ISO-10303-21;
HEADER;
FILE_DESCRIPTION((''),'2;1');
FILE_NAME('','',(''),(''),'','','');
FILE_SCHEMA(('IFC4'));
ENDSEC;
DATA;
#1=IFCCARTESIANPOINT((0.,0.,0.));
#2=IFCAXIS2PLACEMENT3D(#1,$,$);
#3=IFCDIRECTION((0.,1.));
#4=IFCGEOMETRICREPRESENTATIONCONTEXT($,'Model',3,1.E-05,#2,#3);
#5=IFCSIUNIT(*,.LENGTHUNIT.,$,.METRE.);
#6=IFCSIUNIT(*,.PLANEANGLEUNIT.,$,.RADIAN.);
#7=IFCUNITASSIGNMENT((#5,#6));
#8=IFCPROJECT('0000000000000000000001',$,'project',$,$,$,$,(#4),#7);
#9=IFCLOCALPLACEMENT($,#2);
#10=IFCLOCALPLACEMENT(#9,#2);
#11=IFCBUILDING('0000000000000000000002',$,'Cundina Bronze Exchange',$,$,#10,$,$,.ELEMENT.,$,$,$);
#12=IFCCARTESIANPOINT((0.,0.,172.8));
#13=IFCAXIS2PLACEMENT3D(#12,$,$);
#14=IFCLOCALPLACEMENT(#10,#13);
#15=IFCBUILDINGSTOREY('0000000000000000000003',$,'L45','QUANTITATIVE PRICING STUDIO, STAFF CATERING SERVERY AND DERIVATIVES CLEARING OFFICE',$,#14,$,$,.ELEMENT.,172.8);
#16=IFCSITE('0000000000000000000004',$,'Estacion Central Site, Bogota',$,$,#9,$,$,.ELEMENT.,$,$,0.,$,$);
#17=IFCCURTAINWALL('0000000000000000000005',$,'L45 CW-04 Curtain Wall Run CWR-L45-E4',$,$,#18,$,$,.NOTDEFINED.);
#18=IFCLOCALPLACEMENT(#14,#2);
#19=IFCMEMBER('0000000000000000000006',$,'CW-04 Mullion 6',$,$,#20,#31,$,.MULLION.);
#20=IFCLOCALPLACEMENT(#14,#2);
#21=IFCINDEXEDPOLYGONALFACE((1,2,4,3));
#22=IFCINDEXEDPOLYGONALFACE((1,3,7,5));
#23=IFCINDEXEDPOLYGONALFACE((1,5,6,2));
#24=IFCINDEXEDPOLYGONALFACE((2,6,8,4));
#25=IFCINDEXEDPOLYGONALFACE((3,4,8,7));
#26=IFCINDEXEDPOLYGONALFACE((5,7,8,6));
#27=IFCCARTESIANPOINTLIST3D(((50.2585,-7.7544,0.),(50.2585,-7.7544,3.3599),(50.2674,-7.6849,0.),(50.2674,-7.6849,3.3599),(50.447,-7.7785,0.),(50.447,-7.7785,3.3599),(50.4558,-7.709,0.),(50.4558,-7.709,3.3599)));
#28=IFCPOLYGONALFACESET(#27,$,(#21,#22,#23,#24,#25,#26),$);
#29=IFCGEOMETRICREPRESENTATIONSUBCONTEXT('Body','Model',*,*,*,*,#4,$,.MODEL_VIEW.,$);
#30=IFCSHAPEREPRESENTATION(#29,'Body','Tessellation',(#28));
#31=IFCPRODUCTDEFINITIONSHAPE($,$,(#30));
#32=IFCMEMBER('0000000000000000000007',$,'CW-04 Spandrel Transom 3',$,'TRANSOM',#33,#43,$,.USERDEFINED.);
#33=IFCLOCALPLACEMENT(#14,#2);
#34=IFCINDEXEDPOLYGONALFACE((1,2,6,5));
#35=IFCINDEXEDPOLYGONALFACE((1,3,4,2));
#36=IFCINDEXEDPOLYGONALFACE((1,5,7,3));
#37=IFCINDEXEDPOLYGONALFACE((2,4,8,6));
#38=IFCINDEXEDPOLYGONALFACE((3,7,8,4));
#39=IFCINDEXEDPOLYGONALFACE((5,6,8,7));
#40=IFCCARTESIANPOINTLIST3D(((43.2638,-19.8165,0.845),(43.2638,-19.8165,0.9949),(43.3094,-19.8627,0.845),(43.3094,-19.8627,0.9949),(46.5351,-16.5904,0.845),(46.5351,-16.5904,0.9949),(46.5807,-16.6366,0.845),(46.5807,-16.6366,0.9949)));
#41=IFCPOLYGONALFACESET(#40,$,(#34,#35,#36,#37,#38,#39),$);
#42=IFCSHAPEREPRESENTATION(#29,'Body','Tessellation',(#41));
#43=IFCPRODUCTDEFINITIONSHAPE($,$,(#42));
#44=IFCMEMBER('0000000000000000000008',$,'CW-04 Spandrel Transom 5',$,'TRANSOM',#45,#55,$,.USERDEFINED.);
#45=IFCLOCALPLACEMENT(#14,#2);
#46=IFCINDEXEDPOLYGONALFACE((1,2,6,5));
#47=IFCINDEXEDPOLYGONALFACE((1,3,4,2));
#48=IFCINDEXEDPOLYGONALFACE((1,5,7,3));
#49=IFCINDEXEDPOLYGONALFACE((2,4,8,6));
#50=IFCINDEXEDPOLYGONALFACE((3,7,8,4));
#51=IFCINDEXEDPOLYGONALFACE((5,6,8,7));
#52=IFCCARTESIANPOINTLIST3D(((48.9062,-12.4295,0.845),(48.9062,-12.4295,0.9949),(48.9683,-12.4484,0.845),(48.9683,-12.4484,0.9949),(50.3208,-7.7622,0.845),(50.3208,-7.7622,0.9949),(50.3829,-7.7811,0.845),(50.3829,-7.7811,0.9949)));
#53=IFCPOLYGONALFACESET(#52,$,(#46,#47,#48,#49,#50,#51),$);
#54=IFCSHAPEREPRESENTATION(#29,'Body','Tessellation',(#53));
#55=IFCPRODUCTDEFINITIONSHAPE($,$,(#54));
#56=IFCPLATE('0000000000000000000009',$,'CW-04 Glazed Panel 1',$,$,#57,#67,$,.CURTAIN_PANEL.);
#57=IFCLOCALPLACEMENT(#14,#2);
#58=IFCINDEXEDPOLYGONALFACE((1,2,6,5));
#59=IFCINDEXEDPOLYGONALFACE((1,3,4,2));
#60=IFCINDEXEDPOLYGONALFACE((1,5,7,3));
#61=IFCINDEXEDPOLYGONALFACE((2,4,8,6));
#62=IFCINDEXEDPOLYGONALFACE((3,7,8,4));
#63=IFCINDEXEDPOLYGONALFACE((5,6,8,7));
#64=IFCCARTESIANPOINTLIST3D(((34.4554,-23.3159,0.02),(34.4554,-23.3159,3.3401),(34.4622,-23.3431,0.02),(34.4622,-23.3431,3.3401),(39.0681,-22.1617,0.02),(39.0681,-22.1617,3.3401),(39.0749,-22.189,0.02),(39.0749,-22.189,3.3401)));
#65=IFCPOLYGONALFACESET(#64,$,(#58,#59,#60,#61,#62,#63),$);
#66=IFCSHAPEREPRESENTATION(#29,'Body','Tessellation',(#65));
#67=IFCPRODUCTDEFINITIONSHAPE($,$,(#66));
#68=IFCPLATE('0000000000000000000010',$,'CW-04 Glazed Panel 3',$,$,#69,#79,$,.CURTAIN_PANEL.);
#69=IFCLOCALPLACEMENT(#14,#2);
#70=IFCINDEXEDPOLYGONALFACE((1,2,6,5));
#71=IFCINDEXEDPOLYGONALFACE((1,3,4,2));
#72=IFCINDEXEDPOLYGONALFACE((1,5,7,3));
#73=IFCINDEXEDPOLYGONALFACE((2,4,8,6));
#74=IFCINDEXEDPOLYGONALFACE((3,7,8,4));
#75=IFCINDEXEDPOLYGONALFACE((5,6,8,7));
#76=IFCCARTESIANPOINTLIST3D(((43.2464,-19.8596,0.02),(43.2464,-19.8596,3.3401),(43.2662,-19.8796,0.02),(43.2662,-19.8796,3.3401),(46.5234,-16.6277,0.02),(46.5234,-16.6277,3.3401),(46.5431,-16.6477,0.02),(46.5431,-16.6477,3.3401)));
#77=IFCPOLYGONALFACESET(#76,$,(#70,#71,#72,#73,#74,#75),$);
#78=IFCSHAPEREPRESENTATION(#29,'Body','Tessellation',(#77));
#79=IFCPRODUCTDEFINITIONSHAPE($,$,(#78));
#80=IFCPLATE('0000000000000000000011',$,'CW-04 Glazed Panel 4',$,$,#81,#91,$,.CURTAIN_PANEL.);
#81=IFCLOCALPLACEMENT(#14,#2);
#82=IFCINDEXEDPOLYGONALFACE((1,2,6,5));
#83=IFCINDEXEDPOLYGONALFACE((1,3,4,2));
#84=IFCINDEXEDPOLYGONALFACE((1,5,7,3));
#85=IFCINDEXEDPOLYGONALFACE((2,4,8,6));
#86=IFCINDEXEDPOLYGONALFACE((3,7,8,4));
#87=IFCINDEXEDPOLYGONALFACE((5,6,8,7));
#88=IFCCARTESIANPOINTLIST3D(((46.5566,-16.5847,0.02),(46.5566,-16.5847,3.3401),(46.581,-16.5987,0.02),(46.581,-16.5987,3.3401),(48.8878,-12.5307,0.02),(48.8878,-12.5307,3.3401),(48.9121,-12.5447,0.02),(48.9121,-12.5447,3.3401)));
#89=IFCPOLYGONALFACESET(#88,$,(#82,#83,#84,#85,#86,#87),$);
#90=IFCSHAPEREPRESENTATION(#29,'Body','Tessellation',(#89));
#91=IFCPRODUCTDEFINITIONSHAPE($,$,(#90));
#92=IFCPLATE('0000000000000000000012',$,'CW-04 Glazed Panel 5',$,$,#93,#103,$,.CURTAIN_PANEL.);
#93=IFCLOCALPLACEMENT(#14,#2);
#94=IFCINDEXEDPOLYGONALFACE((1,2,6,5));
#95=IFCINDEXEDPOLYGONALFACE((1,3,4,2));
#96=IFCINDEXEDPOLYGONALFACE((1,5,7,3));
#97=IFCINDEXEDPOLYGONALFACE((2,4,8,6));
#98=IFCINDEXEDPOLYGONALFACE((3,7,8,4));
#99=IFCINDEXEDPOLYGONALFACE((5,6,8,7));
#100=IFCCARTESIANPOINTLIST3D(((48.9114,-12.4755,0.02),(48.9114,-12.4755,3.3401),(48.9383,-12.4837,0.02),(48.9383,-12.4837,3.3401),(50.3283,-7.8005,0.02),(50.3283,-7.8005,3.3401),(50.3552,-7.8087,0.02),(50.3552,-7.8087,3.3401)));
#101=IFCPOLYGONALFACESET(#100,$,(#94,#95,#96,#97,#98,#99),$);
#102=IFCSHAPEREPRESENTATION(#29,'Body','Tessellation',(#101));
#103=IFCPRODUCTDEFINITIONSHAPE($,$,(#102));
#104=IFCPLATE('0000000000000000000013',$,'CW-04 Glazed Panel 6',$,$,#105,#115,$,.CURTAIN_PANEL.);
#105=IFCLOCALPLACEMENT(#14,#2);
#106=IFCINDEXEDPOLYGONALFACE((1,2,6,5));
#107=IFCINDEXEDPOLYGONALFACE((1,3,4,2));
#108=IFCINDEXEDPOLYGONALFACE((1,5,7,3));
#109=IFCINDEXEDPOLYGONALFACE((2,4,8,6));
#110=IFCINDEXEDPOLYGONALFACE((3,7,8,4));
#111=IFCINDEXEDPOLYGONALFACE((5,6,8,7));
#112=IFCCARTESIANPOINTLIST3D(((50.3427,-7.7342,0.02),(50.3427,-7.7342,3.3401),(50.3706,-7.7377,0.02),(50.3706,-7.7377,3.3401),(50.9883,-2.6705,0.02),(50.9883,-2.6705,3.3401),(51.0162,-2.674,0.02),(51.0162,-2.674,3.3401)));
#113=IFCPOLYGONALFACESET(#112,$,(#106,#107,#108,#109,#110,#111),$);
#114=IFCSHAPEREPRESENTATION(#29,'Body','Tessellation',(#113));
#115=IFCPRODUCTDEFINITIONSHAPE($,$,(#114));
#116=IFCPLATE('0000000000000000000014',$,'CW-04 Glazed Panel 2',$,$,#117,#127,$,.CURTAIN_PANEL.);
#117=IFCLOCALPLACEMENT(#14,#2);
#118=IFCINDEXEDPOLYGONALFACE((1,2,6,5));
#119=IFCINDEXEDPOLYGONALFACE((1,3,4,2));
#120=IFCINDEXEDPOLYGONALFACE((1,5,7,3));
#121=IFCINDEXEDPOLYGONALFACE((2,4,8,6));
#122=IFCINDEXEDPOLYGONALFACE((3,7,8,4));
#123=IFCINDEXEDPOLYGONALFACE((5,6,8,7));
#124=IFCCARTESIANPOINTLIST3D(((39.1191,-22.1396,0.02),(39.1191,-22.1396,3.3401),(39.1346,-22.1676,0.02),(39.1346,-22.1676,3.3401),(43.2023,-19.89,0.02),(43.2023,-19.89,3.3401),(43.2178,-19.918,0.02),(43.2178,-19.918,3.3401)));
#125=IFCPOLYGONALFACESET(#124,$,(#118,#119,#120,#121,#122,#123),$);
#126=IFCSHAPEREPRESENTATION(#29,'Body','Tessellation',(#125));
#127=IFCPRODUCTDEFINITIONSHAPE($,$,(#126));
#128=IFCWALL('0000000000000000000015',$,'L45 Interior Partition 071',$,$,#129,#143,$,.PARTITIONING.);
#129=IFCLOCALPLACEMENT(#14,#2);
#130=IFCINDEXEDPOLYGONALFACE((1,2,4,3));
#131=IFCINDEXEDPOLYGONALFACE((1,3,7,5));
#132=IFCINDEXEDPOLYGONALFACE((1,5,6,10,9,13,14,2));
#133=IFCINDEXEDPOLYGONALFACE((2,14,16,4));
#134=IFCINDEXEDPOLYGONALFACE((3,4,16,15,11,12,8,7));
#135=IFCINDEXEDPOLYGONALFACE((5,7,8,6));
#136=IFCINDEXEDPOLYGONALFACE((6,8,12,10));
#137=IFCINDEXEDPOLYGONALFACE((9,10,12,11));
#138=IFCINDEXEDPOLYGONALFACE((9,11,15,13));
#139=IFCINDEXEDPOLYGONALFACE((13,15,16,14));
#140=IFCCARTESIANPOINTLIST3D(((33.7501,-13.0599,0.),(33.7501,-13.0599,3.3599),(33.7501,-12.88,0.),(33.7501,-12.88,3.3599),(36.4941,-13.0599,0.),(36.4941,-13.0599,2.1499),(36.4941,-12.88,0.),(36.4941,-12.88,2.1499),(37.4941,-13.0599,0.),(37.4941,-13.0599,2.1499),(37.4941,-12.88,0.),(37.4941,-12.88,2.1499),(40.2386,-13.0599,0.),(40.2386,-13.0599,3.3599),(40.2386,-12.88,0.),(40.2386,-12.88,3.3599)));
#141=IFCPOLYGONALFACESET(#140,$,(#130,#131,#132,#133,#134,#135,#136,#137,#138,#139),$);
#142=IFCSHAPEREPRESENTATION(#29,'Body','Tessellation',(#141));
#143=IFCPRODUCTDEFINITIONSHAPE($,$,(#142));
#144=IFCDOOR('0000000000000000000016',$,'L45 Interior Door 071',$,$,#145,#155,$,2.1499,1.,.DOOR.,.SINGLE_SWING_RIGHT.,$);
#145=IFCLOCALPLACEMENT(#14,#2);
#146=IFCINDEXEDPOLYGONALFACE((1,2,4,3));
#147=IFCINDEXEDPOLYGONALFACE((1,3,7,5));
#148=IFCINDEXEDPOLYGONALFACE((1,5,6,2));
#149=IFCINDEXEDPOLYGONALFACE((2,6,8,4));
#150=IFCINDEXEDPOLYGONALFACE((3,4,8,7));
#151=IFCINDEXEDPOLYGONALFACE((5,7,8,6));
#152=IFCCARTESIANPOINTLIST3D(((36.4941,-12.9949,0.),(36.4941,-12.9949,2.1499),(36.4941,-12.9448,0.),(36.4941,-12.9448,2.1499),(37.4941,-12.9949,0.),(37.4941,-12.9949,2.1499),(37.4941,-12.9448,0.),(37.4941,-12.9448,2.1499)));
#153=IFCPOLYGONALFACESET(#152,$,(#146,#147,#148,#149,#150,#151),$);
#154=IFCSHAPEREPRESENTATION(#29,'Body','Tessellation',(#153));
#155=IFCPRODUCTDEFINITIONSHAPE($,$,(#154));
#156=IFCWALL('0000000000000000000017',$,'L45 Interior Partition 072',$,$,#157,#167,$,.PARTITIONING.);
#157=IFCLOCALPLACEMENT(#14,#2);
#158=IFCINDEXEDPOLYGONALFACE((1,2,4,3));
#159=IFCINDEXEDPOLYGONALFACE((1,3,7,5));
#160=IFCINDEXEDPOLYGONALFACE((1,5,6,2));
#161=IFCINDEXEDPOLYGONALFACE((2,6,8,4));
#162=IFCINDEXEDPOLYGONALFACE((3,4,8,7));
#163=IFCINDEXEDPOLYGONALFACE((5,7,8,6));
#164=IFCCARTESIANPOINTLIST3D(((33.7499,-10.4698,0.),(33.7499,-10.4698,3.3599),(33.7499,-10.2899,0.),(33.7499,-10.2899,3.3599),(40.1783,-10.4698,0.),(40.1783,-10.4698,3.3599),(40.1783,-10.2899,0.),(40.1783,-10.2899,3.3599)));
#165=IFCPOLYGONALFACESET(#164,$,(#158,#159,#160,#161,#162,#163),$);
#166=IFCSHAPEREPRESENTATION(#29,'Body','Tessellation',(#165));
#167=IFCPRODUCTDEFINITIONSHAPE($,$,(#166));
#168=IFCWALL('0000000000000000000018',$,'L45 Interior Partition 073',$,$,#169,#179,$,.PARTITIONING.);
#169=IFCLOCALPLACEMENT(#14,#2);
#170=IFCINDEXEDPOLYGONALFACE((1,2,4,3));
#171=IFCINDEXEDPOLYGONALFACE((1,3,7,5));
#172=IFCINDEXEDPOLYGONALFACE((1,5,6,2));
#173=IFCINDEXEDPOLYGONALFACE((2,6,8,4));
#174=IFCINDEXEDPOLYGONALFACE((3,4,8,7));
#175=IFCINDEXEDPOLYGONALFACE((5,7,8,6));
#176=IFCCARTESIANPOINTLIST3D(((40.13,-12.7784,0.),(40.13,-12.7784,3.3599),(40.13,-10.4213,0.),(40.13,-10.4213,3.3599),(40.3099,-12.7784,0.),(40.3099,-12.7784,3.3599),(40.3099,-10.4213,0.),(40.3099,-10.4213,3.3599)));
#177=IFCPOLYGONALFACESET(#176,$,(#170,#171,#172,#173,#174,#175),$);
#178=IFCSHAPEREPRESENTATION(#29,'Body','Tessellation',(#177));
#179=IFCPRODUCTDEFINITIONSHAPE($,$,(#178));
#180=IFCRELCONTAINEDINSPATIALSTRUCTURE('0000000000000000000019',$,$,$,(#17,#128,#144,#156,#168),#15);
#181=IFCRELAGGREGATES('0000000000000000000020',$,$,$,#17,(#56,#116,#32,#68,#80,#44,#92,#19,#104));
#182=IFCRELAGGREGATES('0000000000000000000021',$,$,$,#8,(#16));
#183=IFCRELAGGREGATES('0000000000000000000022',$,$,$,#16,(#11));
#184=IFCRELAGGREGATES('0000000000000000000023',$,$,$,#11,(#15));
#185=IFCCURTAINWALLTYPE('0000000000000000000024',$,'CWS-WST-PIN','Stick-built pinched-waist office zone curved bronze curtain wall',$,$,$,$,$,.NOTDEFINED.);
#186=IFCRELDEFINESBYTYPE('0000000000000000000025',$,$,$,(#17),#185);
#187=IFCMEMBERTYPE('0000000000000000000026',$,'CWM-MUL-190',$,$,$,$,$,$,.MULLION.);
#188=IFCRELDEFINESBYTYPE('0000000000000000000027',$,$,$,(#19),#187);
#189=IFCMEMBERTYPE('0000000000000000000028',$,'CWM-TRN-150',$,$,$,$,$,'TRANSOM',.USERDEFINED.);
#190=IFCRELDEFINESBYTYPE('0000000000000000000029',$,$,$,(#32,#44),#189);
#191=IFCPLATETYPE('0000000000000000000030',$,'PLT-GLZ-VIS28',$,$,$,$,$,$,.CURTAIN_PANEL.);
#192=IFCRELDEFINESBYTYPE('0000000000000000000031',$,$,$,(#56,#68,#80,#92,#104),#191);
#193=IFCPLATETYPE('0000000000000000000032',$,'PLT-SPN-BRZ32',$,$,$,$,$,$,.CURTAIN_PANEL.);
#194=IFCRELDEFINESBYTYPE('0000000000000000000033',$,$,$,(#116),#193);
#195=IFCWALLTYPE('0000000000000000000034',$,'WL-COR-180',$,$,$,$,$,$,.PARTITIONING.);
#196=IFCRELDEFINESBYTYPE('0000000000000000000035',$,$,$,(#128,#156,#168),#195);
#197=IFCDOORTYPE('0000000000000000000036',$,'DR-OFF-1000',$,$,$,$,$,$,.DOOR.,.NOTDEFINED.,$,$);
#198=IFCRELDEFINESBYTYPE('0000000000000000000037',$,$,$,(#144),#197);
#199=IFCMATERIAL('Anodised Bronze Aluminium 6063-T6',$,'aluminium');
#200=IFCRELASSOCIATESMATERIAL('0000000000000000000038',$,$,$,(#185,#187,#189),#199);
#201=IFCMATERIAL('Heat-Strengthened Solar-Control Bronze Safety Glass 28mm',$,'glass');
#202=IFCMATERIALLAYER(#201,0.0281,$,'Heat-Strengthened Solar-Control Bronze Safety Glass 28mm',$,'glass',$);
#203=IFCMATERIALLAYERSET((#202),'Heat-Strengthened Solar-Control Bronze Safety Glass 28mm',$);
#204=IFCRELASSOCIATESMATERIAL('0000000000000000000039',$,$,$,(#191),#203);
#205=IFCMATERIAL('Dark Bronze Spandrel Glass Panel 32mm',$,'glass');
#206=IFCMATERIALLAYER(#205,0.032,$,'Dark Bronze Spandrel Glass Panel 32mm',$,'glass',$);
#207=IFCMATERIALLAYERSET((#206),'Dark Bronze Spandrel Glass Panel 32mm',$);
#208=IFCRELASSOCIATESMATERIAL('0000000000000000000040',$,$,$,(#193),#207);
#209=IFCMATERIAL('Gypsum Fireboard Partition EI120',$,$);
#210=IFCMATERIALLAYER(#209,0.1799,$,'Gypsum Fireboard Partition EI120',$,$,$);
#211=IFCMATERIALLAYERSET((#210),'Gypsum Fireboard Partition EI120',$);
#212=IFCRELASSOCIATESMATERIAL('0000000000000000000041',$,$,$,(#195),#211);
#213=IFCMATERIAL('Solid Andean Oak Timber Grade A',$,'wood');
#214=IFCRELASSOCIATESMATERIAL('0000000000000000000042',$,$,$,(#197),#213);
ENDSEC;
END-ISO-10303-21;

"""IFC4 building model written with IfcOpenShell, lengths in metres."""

from ifc_helpers import new_model, si_unit, direction, frame, frame_2d, origin, origin_2d, place, context, subcontext, project, spatial, rectangle, extrude, material, layer, layer_set, material_profile, profile_set, type_object, element, fill, aggregate, save


model = new_model("IFC4")

# Units and contexts
model_context = context("Model", 3, precision=1e-05, world=origin(), true_north=direction((0.0, 1.0)))
body_context = subcontext(model_context, "Body", "Model", "MODEL_VIEW")
ifc_project = project(units=[si_unit("LENGTHUNIT", "METRE"), si_unit("PLANEANGLEUNIT", "RADIAN")], contexts=[model_context])

# Site, building, storey
site_placement = place(None, origin())
site = spatial("IfcSite", under=ifc_project, at=site_placement, Name="Estacion Central Site, Bogota", CompositionType="ELEMENT", RefElevation=0.0)
building_placement = place(site_placement, origin())
building = spatial("IfcBuilding", under=site, at=building_placement, Name="Cundina Bronze Exchange", CompositionType="ELEMENT")
storey_placement = place(building_placement, frame((0.0, 0.0, 172.8)))
storey = spatial("IfcBuildingStorey", under=building, at=storey_placement, Name="L45", Description="QUANTITATIVE PRICING STUDIO, STAFF CATERING SERVERY AND DERIVATIVES CLEARING OFFICE", CompositionType="ELEMENT", Elevation=172.8)

# Curtain wall, members, plates
ifc_material_1 = material(Name="Anodised Bronze Aluminium 6063-T6", Category="aluminium")
curtain_wall_type = type_object("IfcCurtainWallType", Name="CWS-WST-PIN", Description="Stick-built pinched-waist office zone curved bronze curtain wall", PredefinedType="NOTDEFINED", material=ifc_material_1)
curtain_wall_placement = place(storey_placement, origin())
curtain_wall = element("IfcCurtainWall", 1, at=curtain_wall_placement, inside=storey, type_object=curtain_wall_type, Name="L45 CW-04 Curtain Wall Run CWR-L45-E4", PredefinedType="NOTDEFINED")
ifc_material_profile_1 = material_profile(ifc_material_1, rectangle(XDim=0.0701, YDim=0.1899, at=origin_2d()), Name="AL70X190", Category="aluminium")
ifc_profile_set_1 = profile_set([ifc_material_profile_1], Name="Anodised Bronze Aluminium 6063-T6")
member_type_1 = type_object("IfcMemberType", Name="CWM-MUL-190", PredefinedType="MULLION", material=ifc_profile_set_1)
member_1_placement = place(storey_placement, frame((50.3572, -7.7317, 0.0), z_axis=(0.0, 0.0, 1.0), x_axis=(0.126545, 0.991961, 0.0)))
member_1 = element("IfcMember", 2, at=member_1_placement, type_object=member_type_1, Name="CW-04 Mullion 6", PredefinedType="MULLION", context=body_context, shape_type="SweptSolid", body=[
    extrude(rectangle(XDim=0.0701, YDim=0.1899, at=origin_2d()), origin(), (0.0, 0.0, 1.0), 3.3599),
])
ifc_material_profile_2 = material_profile(ifc_material_1, rectangle(XDim=0.0649, YDim=0.1499, at=origin_2d()), Name="AL65X150", Category="aluminium")
ifc_profile_set_2 = profile_set([ifc_material_profile_2], Name="Anodised Bronze Aluminium 6063-T6")
member_type_2 = type_object("IfcMemberType", Name="CWM-TRN-150", ElementType="TRANSOM", PredefinedType="USERDEFINED", material=ifc_profile_set_2)
member_2_placement = place(storey_placement, frame((43.2866, -19.8396, 0.9199), z_axis=(0.712005, 0.702174, 0.0), x_axis=(-0.702174, 0.712005, 0.0)))
member_2 = element("IfcMember", 3, at=member_2_placement, type_object=member_type_2, Name="CW-04 Spandrel Transom 3", ObjectType="TRANSOM", PredefinedType="USERDEFINED", context=body_context, shape_type="SweptSolid", body=[
    extrude(rectangle(XDim=0.0649, YDim=0.1499, at=origin_2d()), origin(), (0.0, 0.0, 1.0), 4.5945),
])
member_3_placement = place(storey_placement, frame((48.9373, -12.439, 0.9199), z_axis=(0.290052, 0.957011, 0.0), x_axis=(-0.957011, 0.290052, 0.0)))
member_3 = element("IfcMember", 4, at=member_3_placement, type_object=member_type_2, Name="CW-04 Spandrel Transom 5", ObjectType="TRANSOM", PredefinedType="USERDEFINED", context=body_context, shape_type="SweptSolid", body=[
    extrude(rectangle(XDim=0.0649, YDim=0.1499, at=origin_2d()), origin(), (0.0, 0.0, 1.0), 4.877),
])
ifc_material_2 = material(Name="Heat-Strengthened Solar-Control Bronze Safety Glass 28mm", Category="glass")
ifc_layer_1 = layer(ifc_material_2, 0.0281, Name="Heat-Strengthened Solar-Control Bronze Safety Glass 28mm", Category="glass")
ifc_layer_set_1 = layer_set([ifc_layer_1], Name="Heat-Strengthened Solar-Control Bronze Safety Glass 28mm")
plate_type_1 = type_object("IfcPlateType", Name="PLT-GLZ-VIS28", PredefinedType="CURTAIN_PANEL", material=ifc_layer_set_1)
plate_1_placement = place(storey_placement, frame((36.7651, -22.7524, 0.02), z_axis=(0.0, 0.0, 1.0), x_axis=(0.970093, 0.242735, 0.0)))
plate_1 = element("IfcPlate", 5, at=plate_1_placement, type_object=plate_type_1, Name="CW-04 Glazed Panel 1", PredefinedType="CURTAIN_PANEL", context=body_context, shape_type="SweptSolid", body=[
    extrude(rectangle(XDim=4.7549, YDim=0.0281, at=origin_2d()), origin(), (0.0, 0.0, 1.0), 3.3201),
])
plate_2_placement = place(storey_placement, frame((44.8948, -18.2537, 0.02), z_axis=(0.0, 0.0, 1.0), x_axis=(0.711989, 0.70219, 0.0)))
plate_2 = element("IfcPlate", 6, at=plate_2_placement, type_object=plate_type_1, Name="CW-04 Glazed Panel 3", PredefinedType="CURTAIN_PANEL", context=body_context, shape_type="SweptSolid", body=[
    extrude(rectangle(XDim=4.6025, YDim=0.0281, at=origin_2d()), origin(), (0.0, 0.0, 1.0), 3.3201),
])
plate_3_placement = place(storey_placement, frame((47.7344, -14.5647, 0.02), z_axis=(0.0, 0.0, 1.0), x_axis=(0.498488, 0.866897, 0.0)))
plate_3 = element("IfcPlate", 7, at=plate_3_placement, type_object=plate_type_1, Name="CW-04 Glazed Panel 4", PredefinedType="CURTAIN_PANEL", context=body_context, shape_type="SweptSolid", body=[
    extrude(rectangle(XDim=4.6765, YDim=0.0281, at=origin_2d()), origin(), (0.0, 0.0, 1.0), 3.3201),
])
plate_4_placement = place(storey_placement, frame((49.6333, -10.1421, 0.02), z_axis=(0.0, 0.0, 1.0), x_axis=(0.290051, 0.957011, 0.0)))
plate_4 = element("IfcPlate", 8, at=plate_4_placement, type_object=plate_type_1, Name="CW-04 Glazed Panel 5", PredefinedType="CURTAIN_PANEL", context=body_context, shape_type="SweptSolid", body=[
    extrude(rectangle(XDim=4.885, YDim=0.0281, at=origin_2d()), origin(), (0.0, 0.0, 1.0), 3.3201),
])
plate_5_placement = place(storey_placement, frame((50.6794, -5.2041, 0.02), z_axis=(0.0, 0.0, 1.0), x_axis=(0.126476, 0.99197, 0.0)))
plate_5 = element("IfcPlate", 9, at=plate_5_placement, type_object=plate_type_1, Name="CW-04 Glazed Panel 6", PredefinedType="CURTAIN_PANEL", context=body_context, shape_type="SweptSolid", body=[
    extrude(rectangle(XDim=5.1047, YDim=0.0281, at=origin_2d()), origin(), (0.0, 0.0, 1.0), 3.3201),
])
ifc_material_3 = material(Name="Dark Bronze Spandrel Glass Panel 32mm", Category="glass")
ifc_layer_2 = layer(ifc_material_3, 0.032, Name="Dark Bronze Spandrel Glass Panel 32mm", Category="glass")
ifc_layer_set_2 = layer_set([ifc_layer_2], Name="Dark Bronze Spandrel Glass Panel 32mm")
plate_type_2 = type_object("IfcPlateType", Name="PLT-SPN-BRZ32", PredefinedType="CURTAIN_PANEL", material=ifc_layer_set_2)
plate_6_placement = place(storey_placement, frame((41.1685, -21.0288, 0.02), z_axis=(0.0, 0.0, 1.0), x_axis=(0.875869, 0.482549, 0.0)))
plate_6 = element("IfcPlate", 10, at=plate_6_placement, type_object=plate_type_2, Name="CW-04 Glazed Panel 2", PredefinedType="CURTAIN_PANEL", context=body_context, shape_type="SweptSolid", body=[
    extrude(rectangle(XDim=4.6619, YDim=0.032, at=origin_2d()), origin(), (0.0, 0.0, 1.0), 3.3201),
])
aggregate(curtain_wall, [plate_1, plate_6, member_2, plate_2, plate_3, member_3, plate_4, member_1, plate_5])

# Wall, opening, door
ifc_material_4 = material(Name="Gypsum Fireboard Partition EI120")
ifc_layer_3 = layer(ifc_material_4, 0.1799, Name="Gypsum Fireboard Partition EI120")
ifc_layer_set_3 = layer_set([ifc_layer_3], Name="Gypsum Fireboard Partition EI120")
wall_type_1 = type_object("IfcWallType", Name="WL-COR-180", PredefinedType="PARTITIONING", material=ifc_layer_set_3)
wall_1_placement = place(storey_placement, frame((40.2385, -12.97, 0.0), z_axis=(0.0, 0.0, 1.0), x_axis=(-1.0, 0.0, 0.0)))
wall_1 = element("IfcWall", 11, at=wall_1_placement, inside=storey, type_object=wall_type_1, Name="L45 Interior Partition 071", PredefinedType="PARTITIONING", context=body_context, shape_type="SweptSolid", body=[
    extrude(rectangle(XDim=6.4885, YDim=0.1799, at=frame_2d((3.2441, 0.0))), origin(), (0.0, 0.0, 1.0), 3.3599),
])
opening_placement = place(wall_1_placement, frame((2.7444, 0.0, 0.0)))
opening = element("IfcOpeningElement", 12, at=opening_placement, cuts=wall_1, PredefinedType="OPENING", context=body_context, shape_type="SweptSolid", body=[
    extrude(rectangle(XDim=1.0, YDim=2.1499, at=frame_2d((0.5, 1.075))), frame((0.0, 0.0999, 0.0), z_axis=(0.0, -1.0, 0.0), x_axis=(1.0, 0.0, 0.0)), (0.0, 0.0, 1.0), 0.2),
])
ifc_material_5 = material(Name="Solid Andean Oak Timber Grade A", Category="wood")
door_type = type_object("IfcDoorType", Name="DR-OFF-1000", OperationType="NOTDEFINED", PredefinedType="DOOR", material=ifc_material_5)
door_placement = place(opening_placement, origin())
door = element("IfcDoor", 13, at=door_placement, inside=storey, type_object=door_type, Name="L45 Interior Door 071", OperationType="SINGLE_SWING_RIGHT", OverallHeight=2.1499, OverallWidth=1.0, PredefinedType="DOOR", context=body_context, shape_type="SweptSolid", body=[
    extrude(rectangle(XDim=1.0, YDim=2.1499, at=frame_2d((0.5, 1.075))), frame((0.0, 0.0249, 0.0), z_axis=(0.0, -1.0, 0.0), x_axis=(1.0, 0.0, 0.0)), (0.0, 0.0, 1.0), 0.05),
])
fill(opening, door)

# Walls
wall_2_placement = place(storey_placement, frame((40.1785, -10.3799, 0.0), z_axis=(0.0, 0.0, 1.0), x_axis=(-1.0, 0.0, 0.0)))
element("IfcWall", 14, at=wall_2_placement, inside=storey, type_object=wall_type_1, Name="L45 Interior Partition 072", PredefinedType="PARTITIONING", context=body_context, shape_type="SweptSolid", body=[
    extrude(rectangle(XDim=6.4285, YDim=0.1799, at=frame_2d((3.2144, 0.0))), origin(), (0.0, 0.0, 1.0), 3.3599),
])
wall_3_placement = place(storey_placement, frame((40.22, -12.7786, 0.0), z_axis=(0.0, 0.0, 1.0), x_axis=(0.0, 1.0, 0.0)))
element("IfcWall", 15, at=wall_3_placement, inside=storey, type_object=wall_type_1, Name="L45 Interior Partition 073", PredefinedType="PARTITIONING", context=body_context, shape_type="SweptSolid", body=[
    extrude(rectangle(XDim=2.3572, YDim=0.1799, at=frame_2d((1.1787, 0.0))), origin(), (0.0, 0.0, 1.0), 3.3599),
])

save(model, "model.ifc")
